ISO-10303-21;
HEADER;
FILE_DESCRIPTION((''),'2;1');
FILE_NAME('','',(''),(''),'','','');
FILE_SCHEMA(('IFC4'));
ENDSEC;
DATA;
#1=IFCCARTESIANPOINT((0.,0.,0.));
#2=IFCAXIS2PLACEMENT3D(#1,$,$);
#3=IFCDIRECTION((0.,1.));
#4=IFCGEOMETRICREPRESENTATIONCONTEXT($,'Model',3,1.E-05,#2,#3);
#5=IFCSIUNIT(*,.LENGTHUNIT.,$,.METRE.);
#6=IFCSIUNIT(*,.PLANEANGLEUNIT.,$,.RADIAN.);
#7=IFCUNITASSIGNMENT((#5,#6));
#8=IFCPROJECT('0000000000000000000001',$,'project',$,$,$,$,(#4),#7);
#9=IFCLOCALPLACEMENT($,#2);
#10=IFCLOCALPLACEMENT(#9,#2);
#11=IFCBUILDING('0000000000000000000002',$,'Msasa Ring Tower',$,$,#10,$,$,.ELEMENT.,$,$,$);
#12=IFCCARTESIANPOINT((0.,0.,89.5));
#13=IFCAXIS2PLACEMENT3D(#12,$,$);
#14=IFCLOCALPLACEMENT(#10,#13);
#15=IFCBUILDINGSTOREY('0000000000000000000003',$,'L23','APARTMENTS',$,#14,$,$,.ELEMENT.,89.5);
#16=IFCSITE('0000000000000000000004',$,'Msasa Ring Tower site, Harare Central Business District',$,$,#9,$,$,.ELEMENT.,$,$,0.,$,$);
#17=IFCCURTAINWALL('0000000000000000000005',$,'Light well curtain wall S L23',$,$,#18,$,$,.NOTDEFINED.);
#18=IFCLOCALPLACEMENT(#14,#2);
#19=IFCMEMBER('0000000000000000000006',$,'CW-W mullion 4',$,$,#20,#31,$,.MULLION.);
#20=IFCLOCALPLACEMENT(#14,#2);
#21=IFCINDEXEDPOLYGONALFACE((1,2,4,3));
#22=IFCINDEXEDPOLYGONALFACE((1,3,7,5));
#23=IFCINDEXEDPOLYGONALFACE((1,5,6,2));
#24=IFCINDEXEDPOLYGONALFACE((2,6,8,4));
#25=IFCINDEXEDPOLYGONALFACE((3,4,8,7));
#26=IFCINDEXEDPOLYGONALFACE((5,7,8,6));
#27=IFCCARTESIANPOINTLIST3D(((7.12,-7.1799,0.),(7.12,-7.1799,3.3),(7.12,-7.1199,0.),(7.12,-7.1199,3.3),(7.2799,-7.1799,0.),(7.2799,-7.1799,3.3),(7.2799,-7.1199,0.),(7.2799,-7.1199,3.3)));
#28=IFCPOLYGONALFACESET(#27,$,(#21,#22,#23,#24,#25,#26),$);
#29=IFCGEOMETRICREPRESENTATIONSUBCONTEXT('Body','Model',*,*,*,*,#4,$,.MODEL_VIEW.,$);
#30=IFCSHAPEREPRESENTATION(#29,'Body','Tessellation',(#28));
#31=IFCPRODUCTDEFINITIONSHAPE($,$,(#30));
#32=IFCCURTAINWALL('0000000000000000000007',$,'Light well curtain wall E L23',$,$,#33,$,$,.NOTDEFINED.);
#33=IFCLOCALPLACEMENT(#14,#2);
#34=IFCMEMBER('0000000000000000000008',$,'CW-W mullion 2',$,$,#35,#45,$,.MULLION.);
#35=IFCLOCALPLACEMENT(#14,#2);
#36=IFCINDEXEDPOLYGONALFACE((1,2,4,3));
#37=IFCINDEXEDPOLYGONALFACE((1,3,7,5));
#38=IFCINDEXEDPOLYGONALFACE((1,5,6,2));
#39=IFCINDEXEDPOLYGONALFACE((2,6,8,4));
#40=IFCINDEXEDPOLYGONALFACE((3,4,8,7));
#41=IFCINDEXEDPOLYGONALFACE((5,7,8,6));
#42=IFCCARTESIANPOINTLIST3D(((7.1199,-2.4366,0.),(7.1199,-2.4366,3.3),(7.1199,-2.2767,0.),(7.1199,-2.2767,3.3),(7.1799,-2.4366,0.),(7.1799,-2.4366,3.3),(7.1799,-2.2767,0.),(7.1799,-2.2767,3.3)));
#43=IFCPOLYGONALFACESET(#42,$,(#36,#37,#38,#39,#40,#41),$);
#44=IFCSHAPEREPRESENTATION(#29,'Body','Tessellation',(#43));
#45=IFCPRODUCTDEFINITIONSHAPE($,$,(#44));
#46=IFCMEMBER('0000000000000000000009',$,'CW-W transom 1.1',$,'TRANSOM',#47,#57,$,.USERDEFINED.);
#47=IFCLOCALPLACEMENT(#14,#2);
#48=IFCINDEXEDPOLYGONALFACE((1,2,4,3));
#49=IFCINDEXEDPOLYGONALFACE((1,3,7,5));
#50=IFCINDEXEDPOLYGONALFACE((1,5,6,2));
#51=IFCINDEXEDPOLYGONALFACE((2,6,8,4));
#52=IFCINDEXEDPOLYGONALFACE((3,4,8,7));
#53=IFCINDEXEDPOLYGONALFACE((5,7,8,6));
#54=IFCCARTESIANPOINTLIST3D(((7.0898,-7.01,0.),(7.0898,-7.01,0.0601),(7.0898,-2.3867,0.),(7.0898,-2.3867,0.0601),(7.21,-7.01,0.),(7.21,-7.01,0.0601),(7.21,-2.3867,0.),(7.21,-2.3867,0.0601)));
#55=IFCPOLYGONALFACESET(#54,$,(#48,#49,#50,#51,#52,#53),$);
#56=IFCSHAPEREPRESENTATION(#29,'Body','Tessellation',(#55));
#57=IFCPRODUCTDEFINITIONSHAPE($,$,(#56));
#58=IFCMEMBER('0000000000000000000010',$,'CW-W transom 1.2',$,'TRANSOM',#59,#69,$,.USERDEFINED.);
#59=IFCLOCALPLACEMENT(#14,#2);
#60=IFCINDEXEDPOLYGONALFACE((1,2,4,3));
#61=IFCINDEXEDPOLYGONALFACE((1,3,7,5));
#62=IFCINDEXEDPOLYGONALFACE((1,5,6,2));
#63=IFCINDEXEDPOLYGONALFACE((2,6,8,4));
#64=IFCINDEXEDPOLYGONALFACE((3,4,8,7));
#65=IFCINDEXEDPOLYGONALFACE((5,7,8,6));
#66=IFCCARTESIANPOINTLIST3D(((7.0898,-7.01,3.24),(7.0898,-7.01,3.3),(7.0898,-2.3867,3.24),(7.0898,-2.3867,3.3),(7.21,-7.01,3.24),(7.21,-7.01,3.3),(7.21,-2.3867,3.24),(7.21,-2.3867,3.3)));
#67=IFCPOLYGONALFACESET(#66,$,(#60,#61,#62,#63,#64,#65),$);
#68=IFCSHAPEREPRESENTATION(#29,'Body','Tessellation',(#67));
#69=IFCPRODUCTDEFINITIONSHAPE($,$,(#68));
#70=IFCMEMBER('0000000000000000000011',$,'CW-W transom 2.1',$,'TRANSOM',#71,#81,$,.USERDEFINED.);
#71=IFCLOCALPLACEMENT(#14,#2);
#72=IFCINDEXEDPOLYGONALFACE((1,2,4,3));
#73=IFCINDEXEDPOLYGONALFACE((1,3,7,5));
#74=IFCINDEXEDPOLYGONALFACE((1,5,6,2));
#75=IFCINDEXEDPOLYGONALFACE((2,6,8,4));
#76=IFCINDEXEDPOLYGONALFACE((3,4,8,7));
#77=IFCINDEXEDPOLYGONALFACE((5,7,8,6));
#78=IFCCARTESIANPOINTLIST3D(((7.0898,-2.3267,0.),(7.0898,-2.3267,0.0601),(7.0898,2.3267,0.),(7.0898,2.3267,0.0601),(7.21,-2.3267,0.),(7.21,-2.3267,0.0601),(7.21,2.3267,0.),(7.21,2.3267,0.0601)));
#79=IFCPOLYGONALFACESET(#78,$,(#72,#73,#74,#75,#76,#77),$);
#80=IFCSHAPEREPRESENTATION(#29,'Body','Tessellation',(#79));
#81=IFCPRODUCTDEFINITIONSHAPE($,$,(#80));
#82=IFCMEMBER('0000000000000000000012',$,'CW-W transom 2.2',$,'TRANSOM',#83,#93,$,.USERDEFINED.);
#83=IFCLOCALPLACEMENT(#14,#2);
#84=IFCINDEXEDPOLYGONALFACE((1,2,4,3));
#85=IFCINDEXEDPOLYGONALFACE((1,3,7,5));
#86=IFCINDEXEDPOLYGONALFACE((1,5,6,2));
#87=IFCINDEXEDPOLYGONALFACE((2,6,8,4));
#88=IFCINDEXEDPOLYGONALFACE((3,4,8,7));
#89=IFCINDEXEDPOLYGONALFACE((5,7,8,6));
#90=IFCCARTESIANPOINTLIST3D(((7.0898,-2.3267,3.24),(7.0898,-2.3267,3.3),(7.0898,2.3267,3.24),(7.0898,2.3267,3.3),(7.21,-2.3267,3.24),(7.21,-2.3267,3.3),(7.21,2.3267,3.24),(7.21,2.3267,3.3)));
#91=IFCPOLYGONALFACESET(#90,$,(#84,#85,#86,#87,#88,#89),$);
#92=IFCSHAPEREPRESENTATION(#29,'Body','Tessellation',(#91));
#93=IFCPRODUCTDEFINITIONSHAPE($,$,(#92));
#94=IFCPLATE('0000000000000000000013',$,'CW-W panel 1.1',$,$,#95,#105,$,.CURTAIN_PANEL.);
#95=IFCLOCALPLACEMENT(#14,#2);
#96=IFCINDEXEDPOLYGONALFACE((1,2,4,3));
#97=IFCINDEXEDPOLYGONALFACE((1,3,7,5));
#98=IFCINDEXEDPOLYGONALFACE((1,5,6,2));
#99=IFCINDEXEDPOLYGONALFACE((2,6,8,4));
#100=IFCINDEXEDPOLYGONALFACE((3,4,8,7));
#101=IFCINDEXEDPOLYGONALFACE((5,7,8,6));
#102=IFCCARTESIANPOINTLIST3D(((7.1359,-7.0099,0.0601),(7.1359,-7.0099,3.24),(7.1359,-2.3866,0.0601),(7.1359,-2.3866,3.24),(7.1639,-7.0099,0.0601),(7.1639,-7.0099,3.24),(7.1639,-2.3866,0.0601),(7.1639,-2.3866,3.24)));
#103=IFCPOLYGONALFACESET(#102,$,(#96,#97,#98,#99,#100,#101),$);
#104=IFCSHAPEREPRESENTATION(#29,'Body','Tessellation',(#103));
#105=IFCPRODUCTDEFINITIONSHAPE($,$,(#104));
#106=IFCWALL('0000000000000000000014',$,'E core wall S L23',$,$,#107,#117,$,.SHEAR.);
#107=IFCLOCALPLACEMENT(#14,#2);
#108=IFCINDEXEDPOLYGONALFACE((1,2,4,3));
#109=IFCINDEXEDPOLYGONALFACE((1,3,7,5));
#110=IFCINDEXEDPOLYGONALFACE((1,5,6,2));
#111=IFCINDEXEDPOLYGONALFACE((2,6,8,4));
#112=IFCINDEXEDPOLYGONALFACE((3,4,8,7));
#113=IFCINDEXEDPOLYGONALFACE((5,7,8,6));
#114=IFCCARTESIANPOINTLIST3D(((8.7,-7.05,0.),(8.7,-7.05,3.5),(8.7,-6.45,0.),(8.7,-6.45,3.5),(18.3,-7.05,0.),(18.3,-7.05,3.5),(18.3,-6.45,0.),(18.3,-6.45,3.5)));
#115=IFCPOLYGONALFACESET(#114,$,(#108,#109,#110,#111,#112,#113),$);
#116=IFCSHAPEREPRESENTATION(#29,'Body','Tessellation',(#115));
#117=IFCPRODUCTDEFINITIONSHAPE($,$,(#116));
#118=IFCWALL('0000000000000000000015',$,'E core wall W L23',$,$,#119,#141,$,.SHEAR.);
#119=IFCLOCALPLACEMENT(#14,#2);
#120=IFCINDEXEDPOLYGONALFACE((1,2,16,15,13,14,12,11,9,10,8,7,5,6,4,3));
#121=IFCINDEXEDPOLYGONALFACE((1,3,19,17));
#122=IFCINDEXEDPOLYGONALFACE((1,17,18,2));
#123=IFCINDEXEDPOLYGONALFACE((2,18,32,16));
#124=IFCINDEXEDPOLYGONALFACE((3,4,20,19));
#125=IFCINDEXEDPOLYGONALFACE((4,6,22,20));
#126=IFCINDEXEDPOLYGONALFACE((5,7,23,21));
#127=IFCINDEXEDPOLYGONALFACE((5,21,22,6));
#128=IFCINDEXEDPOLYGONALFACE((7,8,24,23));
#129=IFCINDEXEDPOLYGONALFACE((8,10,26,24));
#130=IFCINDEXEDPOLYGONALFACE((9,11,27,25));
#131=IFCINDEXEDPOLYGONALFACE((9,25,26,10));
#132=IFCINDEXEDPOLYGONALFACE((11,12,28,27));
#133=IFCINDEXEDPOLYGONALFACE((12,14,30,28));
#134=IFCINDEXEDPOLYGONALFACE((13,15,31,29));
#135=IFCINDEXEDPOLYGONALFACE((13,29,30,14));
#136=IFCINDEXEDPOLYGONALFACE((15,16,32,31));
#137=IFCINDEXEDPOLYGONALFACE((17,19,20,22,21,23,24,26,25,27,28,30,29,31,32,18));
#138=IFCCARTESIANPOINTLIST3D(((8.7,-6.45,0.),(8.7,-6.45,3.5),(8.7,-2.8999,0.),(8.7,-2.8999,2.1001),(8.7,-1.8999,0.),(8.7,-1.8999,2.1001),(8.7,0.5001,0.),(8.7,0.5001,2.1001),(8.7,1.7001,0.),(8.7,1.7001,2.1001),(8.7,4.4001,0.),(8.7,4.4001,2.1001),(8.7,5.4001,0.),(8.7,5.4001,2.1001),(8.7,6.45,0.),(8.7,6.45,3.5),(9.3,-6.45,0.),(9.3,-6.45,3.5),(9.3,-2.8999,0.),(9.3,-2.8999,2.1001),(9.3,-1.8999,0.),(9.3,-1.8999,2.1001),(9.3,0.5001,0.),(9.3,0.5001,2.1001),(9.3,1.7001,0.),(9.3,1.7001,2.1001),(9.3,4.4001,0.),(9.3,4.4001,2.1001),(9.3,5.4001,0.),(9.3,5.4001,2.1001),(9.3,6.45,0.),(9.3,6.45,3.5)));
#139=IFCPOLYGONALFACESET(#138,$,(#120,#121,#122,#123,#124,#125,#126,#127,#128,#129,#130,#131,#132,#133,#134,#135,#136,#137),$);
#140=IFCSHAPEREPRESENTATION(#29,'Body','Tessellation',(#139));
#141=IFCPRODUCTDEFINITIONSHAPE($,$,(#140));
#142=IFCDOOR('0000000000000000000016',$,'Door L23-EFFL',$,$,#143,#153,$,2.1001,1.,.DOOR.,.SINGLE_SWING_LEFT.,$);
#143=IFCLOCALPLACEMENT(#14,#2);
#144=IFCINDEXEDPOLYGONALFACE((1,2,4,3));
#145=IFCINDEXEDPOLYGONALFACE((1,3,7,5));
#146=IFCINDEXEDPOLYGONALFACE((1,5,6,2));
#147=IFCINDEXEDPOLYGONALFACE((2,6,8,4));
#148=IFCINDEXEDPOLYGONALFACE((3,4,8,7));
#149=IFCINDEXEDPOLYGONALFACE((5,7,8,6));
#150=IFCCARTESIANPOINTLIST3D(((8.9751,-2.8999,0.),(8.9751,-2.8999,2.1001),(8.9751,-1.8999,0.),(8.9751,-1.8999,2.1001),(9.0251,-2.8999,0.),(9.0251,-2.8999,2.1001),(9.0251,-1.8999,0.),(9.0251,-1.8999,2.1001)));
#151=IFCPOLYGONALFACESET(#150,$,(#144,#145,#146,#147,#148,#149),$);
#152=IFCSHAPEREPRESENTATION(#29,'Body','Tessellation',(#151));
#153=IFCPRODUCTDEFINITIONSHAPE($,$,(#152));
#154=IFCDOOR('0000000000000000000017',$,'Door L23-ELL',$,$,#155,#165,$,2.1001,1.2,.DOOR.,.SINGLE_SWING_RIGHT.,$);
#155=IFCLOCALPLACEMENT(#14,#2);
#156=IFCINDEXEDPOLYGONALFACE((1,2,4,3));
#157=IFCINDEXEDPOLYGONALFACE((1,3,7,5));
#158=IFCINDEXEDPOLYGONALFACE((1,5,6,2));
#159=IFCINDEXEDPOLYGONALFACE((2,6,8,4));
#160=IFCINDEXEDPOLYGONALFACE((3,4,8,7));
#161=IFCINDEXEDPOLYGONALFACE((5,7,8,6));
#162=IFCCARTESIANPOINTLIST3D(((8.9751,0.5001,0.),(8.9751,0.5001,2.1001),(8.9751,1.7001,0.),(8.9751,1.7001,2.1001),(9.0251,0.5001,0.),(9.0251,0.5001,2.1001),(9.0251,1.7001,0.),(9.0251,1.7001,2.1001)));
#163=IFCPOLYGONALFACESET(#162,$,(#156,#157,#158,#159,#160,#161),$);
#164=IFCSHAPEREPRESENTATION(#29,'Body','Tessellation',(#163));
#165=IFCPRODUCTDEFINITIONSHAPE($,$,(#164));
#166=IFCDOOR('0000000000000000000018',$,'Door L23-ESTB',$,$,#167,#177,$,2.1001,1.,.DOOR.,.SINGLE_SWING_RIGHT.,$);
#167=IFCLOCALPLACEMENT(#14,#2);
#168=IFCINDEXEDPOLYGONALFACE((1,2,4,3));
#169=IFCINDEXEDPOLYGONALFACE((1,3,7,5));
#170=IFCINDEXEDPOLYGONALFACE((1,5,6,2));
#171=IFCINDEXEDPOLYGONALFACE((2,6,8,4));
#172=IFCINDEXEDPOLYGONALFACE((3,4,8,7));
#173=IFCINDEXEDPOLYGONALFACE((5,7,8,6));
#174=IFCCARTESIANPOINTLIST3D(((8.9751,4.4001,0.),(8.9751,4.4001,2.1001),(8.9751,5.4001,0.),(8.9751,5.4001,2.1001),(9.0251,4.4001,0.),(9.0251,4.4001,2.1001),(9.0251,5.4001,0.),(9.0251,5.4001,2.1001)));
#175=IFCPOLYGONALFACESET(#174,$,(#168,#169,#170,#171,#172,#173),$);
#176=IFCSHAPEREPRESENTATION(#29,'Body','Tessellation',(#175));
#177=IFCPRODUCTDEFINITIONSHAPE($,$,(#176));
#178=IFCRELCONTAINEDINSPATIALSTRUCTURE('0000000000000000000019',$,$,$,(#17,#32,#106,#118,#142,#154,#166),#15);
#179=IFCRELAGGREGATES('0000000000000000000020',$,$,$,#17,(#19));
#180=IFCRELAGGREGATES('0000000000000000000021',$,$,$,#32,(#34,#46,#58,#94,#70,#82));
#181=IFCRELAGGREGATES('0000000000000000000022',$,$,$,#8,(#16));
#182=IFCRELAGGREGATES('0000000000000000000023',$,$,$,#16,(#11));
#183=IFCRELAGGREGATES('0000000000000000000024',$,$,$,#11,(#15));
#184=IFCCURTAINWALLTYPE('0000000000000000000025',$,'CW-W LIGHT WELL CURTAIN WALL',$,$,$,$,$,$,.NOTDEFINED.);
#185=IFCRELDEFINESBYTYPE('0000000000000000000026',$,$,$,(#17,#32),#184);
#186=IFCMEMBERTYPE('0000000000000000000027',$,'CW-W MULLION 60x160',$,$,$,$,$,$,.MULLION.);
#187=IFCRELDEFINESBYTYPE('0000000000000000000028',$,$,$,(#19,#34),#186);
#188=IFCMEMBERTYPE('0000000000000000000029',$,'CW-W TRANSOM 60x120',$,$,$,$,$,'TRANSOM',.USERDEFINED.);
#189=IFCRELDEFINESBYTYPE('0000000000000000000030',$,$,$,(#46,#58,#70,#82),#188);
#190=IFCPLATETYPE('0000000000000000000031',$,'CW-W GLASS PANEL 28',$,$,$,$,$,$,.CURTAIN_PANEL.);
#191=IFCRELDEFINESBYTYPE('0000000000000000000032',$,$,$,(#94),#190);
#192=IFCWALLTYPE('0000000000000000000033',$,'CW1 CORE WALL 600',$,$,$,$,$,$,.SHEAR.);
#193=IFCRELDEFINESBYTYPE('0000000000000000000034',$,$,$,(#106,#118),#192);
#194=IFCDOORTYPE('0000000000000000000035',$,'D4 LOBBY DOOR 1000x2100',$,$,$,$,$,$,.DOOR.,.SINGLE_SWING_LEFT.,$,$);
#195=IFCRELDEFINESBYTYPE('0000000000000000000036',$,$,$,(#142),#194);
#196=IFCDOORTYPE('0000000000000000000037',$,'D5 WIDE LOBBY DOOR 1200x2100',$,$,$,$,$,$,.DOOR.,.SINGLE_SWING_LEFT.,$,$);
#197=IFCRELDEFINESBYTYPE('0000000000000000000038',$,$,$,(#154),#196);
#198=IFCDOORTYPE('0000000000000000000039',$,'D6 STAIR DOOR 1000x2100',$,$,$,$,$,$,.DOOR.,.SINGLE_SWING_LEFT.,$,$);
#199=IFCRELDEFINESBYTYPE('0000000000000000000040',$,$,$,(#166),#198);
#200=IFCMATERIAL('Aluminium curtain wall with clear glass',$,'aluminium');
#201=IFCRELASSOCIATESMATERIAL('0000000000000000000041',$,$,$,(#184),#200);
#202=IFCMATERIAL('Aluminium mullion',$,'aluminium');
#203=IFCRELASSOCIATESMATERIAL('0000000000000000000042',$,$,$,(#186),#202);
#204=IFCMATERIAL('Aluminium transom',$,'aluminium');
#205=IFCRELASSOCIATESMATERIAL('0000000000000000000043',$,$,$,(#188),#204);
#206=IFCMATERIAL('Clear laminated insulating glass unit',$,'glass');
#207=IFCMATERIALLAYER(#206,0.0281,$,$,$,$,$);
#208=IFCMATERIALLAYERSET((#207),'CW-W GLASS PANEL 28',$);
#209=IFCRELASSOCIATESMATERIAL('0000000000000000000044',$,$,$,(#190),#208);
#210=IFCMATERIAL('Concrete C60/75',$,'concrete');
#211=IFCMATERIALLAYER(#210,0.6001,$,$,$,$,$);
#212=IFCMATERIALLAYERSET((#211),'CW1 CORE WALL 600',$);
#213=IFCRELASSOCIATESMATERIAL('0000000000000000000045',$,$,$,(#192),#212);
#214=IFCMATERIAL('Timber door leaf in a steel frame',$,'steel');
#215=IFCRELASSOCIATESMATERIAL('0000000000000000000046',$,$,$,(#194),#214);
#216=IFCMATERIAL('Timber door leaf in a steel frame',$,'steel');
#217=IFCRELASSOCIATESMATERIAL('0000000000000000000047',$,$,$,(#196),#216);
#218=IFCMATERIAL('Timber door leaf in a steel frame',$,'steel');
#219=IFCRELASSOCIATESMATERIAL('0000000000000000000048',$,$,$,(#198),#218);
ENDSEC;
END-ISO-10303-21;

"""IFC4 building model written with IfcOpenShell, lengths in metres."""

from ifc_helpers import new_model, si_unit, direction, frame, frame_2d, origin, origin_2d, place, context, subcontext, project, spatial, rectangle, extrude, material, layer, layer_set, material_profile, profile_set, type_object, element, fill, aggregate, save


model = new_model("IFC4")

# Units and contexts
model_context = context("Model", 3, precision=1e-05, world=origin(), true_north=direction((0.0, 1.0)))
body_context = subcontext(model_context, "Body", "Model", "MODEL_VIEW")
ifc_project = project(units=[si_unit("LENGTHUNIT", "METRE"), si_unit("PLANEANGLEUNIT", "RADIAN")], contexts=[model_context])

# Site, building, storey
site_placement = place(None, origin())
site = spatial("IfcSite", under=ifc_project, at=site_placement, Name="Msasa Ring Tower site, Harare Central Business District", CompositionType="ELEMENT", RefElevation=0.0)
building_placement = place(site_placement, origin())
building = spatial("IfcBuilding", under=site, at=building_placement, Name="Msasa Ring Tower", CompositionType="ELEMENT")
storey_placement = place(building_placement, frame((0.0, 0.0, 89.5)))
storey = spatial("IfcBuildingStorey", under=building, at=storey_placement, Name="L23", Description="APARTMENTS", CompositionType="ELEMENT", Elevation=89.5)

# Curtain wall, member
ifc_material_1 = material(Name="Aluminium curtain wall with clear glass", Category="aluminium")
curtain_wall_type = type_object("IfcCurtainWallType", Name="CW-W LIGHT WELL CURTAIN WALL", PredefinedType="NOTDEFINED", material=ifc_material_1)
curtain_wall_1_placement = place(storey_placement, origin())
curtain_wall_1 = element("IfcCurtainWall", 1, at=curtain_wall_1_placement, inside=storey, type_object=curtain_wall_type, Name="Light well curtain wall S L23", PredefinedType="NOTDEFINED")
ifc_material_2 = material(Name="Aluminium mullion", Category="aluminium")
ifc_material_profile_1 = material_profile(ifc_material_2, rectangle(XDim=0.0601, YDim=0.1599, at=origin_2d()), Name="AL 60x160")
ifc_profile_set_1 = profile_set([ifc_material_profile_1], Name="Aluminium mullion")
member_type_1 = type_object("IfcMemberType", Name="CW-W MULLION 60x160", PredefinedType="MULLION", material=ifc_profile_set_1)
member_1_placement = place(storey_placement, frame((7.2, -7.1499, 0.0), z_axis=(0.0, 0.0, 1.0), x_axis=(0.0, 1.0, 0.0)))
member_1 = element("IfcMember", 2, at=member_1_placement, type_object=member_type_1, Name="CW-W mullion 4", PredefinedType="MULLION", context=body_context, shape_type="SweptSolid", body=[
    extrude(rectangle(XDim=0.0601, YDim=0.1599, at=origin_2d()), origin(), (0.0, 0.0, 1.0), 3.3),
])
aggregate(curtain_wall_1, [member_1])

# Curtain wall, members, plate
curtain_wall_2_placement = place(storey_placement, origin())
curtain_wall_2 = element("IfcCurtainWall", 3, at=curtain_wall_2_placement, inside=storey, type_object=curtain_wall_type, Name="Light well curtain wall E L23", PredefinedType="NOTDEFINED")
member_2_placement = place(storey_placement, frame((7.1499, -2.3567, 0.0), z_axis=(0.0, 0.0, 1.0), x_axis=(-1.0, 0.0, 0.0)))
member_2 = element("IfcMember", 4, at=member_2_placement, type_object=member_type_1, Name="CW-W mullion 2", PredefinedType="MULLION", context=body_context, shape_type="SweptSolid", body=[
    extrude(rectangle(XDim=0.0601, YDim=0.1599, at=origin_2d()), origin(), (0.0, 0.0, 1.0), 3.3),
])
ifc_material_3 = material(Name="Aluminium transom", Category="aluminium")
ifc_material_profile_2 = material_profile(ifc_material_3, rectangle(XDim=0.1201, YDim=0.0601, at=origin_2d()), Name="AL 60x120")
ifc_profile_set_2 = profile_set([ifc_material_profile_2], Name="Aluminium transom")
member_type_2 = type_object("IfcMemberType", Name="CW-W TRANSOM 60x120", ElementType="TRANSOM", PredefinedType="USERDEFINED", material=ifc_profile_set_2)
member_3_placement = place(storey_placement, frame((7.1499, -7.01, 0.03), z_axis=(0.0, 1.0, 0.0), x_axis=(-1.0, 0.0, 0.0)))
member_3 = element("IfcMember", 5, at=member_3_placement, type_object=member_type_2, Name="CW-W transom 1.1", ObjectType="TRANSOM", PredefinedType="USERDEFINED", context=body_context, shape_type="SweptSolid", body=[
    extrude(rectangle(XDim=0.1201, YDim=0.0601, at=origin_2d()), origin(), (0.0, 0.0, 1.0), 4.6233),
])
member_4_placement = place(storey_placement, frame((7.1499, -7.01, 3.27), z_axis=(0.0, 1.0, 0.0), x_axis=(-1.0, 0.0, 0.0)))
member_4 = element("IfcMember", 6, at=member_4_placement, type_object=member_type_2, Name="CW-W transom 1.2", ObjectType="TRANSOM", PredefinedType="USERDEFINED", context=body_context, shape_type="SweptSolid", body=[
    extrude(rectangle(XDim=0.1201, YDim=0.0601, at=origin_2d()), origin(), (0.0, 0.0, 1.0), 4.6233),
])
member_5_placement = place(storey_placement, frame((7.1499, -2.3267, 0.03), z_axis=(0.0, 1.0, 0.0), x_axis=(-1.0, 0.0, 0.0)))
member_5 = element("IfcMember", 7, at=member_5_placement, type_object=member_type_2, Name="CW-W transom 2.1", ObjectType="TRANSOM", PredefinedType="USERDEFINED", context=body_context, shape_type="SweptSolid", body=[
    extrude(rectangle(XDim=0.1201, YDim=0.0601, at=origin_2d()), origin(), (0.0, 0.0, 1.0), 4.6533),
])
member_6_placement = place(storey_placement, frame((7.1499, -2.3267, 3.27), z_axis=(0.0, 1.0, 0.0), x_axis=(-1.0, 0.0, 0.0)))
member_6 = element("IfcMember", 8, at=member_6_placement, type_object=member_type_2, Name="CW-W transom 2.2", ObjectType="TRANSOM", PredefinedType="USERDEFINED", context=body_context, shape_type="SweptSolid", body=[
    extrude(rectangle(XDim=0.1201, YDim=0.0601, at=origin_2d()), origin(), (0.0, 0.0, 1.0), 4.6533),
])
ifc_material_4 = material(Name="Clear laminated insulating glass unit", Category="glass")
ifc_layer_1 = layer(ifc_material_4, 0.0281)
ifc_layer_set_1 = layer_set([ifc_layer_1], Name="CW-W GLASS PANEL 28")
plate_type = type_object("IfcPlateType", Name="CW-W GLASS PANEL 28", PredefinedType="CURTAIN_PANEL", material=ifc_layer_set_1)
plate_placement = place(storey_placement, frame((7.1499, -4.6982, 0.0601), z_axis=(0.0, 0.0, 1.0), x_axis=(0.0, 1.0, 0.0)))
plate = element("IfcPlate", 9, at=plate_placement, type_object=plate_type, Name="CW-W panel 1.1", PredefinedType="CURTAIN_PANEL", context=body_context, shape_type="SweptSolid", body=[
    extrude(rectangle(XDim=4.6233, YDim=0.0281, at=origin_2d()), origin(), (0.0, 0.0, 1.0), 3.1799),
])
aggregate(curtain_wall_2, [member_2, member_3, member_4, plate, member_5, member_6])

# Wall
ifc_material_5 = material(Name="Concrete C60/75", Category="concrete")
ifc_layer_2 = layer(ifc_material_5, 0.6001)
ifc_layer_set_2 = layer_set([ifc_layer_2], Name="CW1 CORE WALL 600")
wall_type_1 = type_object("IfcWallType", Name="CW1 CORE WALL 600", PredefinedType="SHEAR", material=ifc_layer_set_2)
wall_1_placement = place(storey_placement, frame((8.7, -6.75, 0.0), z_axis=(0.0, 0.0, 1.0), x_axis=(1.0, 0.0, 0.0)))
element("IfcWall", 10, at=wall_1_placement, inside=storey, type_object=wall_type_1, Name="E core wall S L23", PredefinedType="SHEAR", context=body_context, shape_type="SweptSolid", body=[
    extrude(rectangle(XDim=9.6001, YDim=0.6001, at=frame_2d((4.8, 0.0))), origin(), (0.0, 0.0, 1.0), 3.5),
])

# Wall, openings, doors
wall_2_placement = place(storey_placement, frame((9.0, -6.45, 0.0), z_axis=(0.0, 0.0, 1.0), x_axis=(0.0, 1.0, 0.0)))
wall_2 = element("IfcWall", 11, at=wall_2_placement, inside=storey, type_object=wall_type_1, Name="E core wall W L23", PredefinedType="SHEAR", context=body_context, shape_type="SweptSolid", body=[
    extrude(rectangle(XDim=12.8999, YDim=0.6001, at=frame_2d((6.45, 0.0))), origin(), (0.0, 0.0, 1.0), 3.5),
])
opening_1_placement = place(wall_2_placement, frame((3.55, 0.0, 0.0)))
opening_1 = element("IfcOpeningElement", 12, at=opening_1_placement, cuts=wall_2, PredefinedType="OPENING", context=body_context, shape_type="SweptSolid", body=[
    extrude(rectangle(XDim=1.0, YDim=2.1001, at=frame_2d((0.5, 1.05))), frame((0.0, 0.3101, 0.0), z_axis=(0.0, -1.0, 0.0), x_axis=(1.0, 0.0, 0.0)), (0.0, 0.0, 1.0), 0.6201),
])
opening_2_placement = place(wall_2_placement, frame((6.95, 0.0, 0.0)))
opening_2 = element("IfcOpeningElement", 13, at=opening_2_placement, cuts=wall_2, PredefinedType="OPENING", context=body_context, shape_type="SweptSolid", body=[
    extrude(rectangle(XDim=1.2, YDim=2.1001, at=frame_2d((0.6001, 1.05))), frame((0.0, 0.3101, 0.0), z_axis=(0.0, -1.0, 0.0), x_axis=(1.0, 0.0, 0.0)), (0.0, 0.0, 1.0), 0.6201),
])
opening_3_placement = place(wall_2_placement, frame((10.8501, 0.0, 0.0)))
opening_3 = element("IfcOpeningElement", 14, at=opening_3_placement, cuts=wall_2, PredefinedType="OPENING", context=body_context, shape_type="SweptSolid", body=[
    extrude(rectangle(XDim=1.0, YDim=2.1001, at=frame_2d((0.5, 1.05))), frame((0.0, 0.3101, 0.0), z_axis=(0.0, -1.0, 0.0), x_axis=(1.0, 0.0, 0.0)), (0.0, 0.0, 1.0), 0.6201),
])
ifc_material_6 = material(Name="Timber door leaf in a steel frame", Category="steel")
door_type_1 = type_object("IfcDoorType", Name="D4 LOBBY DOOR 1000x2100", OperationType="SINGLE_SWING_LEFT", PredefinedType="DOOR", material=ifc_material_6)
door_1_placement = place(opening_1_placement, origin())
door_1 = element("IfcDoor", 15, at=door_1_placement, inside=storey, type_object=door_type_1, Name="Door L23-EFFL", OperationType="SINGLE_SWING_LEFT", OverallHeight=2.1001, OverallWidth=1.0, PredefinedType="DOOR", context=body_context, shape_type="SweptSolid", body=[
    extrude(rectangle(XDim=1.0, YDim=2.1001, at=frame_2d((0.5, 1.05))), frame((0.0, 0.0249, 0.0), z_axis=(0.0, -1.0, 0.0), x_axis=(1.0, 0.0, 0.0)), (0.0, 0.0, 1.0), 0.05),
])
fill(opening_1, door_1)
ifc_material_7 = material(Name="Timber door leaf in a steel frame", Category="steel")
door_type_2 = type_object("IfcDoorType", Name="D5 WIDE LOBBY DOOR 1200x2100", OperationType="SINGLE_SWING_LEFT", PredefinedType="DOOR", material=ifc_material_7)
door_2_placement = place(opening_2_placement, origin())
door_2 = element("IfcDoor", 16, at=door_2_placement, inside=storey, type_object=door_type_2, Name="Door L23-ELL", OperationType="SINGLE_SWING_RIGHT", OverallHeight=2.1001, OverallWidth=1.2, PredefinedType="DOOR", context=body_context, shape_type="SweptSolid", body=[
    extrude(rectangle(XDim=1.2, YDim=2.1001, at=frame_2d((0.6001, 1.05))), frame((0.0, 0.0249, 0.0), z_axis=(0.0, -1.0, 0.0), x_axis=(1.0, 0.0, 0.0)), (0.0, 0.0, 1.0), 0.05),
])
fill(opening_2, door_2)
ifc_material_8 = material(Name="Timber door leaf in a steel frame", Category="steel")
door_type_3 = type_object("IfcDoorType", Name="D6 STAIR DOOR 1000x2100", OperationType="SINGLE_SWING_LEFT", PredefinedType="DOOR", material=ifc_material_8)
door_3_placement = place(opening_3_placement, origin())
door_3 = element("IfcDoor", 17, at=door_3_placement, inside=storey, type_object=door_type_3, Name="Door L23-ESTB", OperationType="SINGLE_SWING_RIGHT", OverallHeight=2.1001, OverallWidth=1.0, PredefinedType="DOOR", context=body_context, shape_type="SweptSolid", body=[
    extrude(rectangle(XDim=1.0, YDim=2.1001, at=frame_2d((0.5, 1.05))), frame((0.0, 0.0249, 0.0), z_axis=(0.0, -1.0, 0.0), x_axis=(1.0, 0.0, 0.0)), (0.0, 0.0, 1.0), 0.05),
])
fill(opening_3, door_3)

save(model, "model.ifc")
